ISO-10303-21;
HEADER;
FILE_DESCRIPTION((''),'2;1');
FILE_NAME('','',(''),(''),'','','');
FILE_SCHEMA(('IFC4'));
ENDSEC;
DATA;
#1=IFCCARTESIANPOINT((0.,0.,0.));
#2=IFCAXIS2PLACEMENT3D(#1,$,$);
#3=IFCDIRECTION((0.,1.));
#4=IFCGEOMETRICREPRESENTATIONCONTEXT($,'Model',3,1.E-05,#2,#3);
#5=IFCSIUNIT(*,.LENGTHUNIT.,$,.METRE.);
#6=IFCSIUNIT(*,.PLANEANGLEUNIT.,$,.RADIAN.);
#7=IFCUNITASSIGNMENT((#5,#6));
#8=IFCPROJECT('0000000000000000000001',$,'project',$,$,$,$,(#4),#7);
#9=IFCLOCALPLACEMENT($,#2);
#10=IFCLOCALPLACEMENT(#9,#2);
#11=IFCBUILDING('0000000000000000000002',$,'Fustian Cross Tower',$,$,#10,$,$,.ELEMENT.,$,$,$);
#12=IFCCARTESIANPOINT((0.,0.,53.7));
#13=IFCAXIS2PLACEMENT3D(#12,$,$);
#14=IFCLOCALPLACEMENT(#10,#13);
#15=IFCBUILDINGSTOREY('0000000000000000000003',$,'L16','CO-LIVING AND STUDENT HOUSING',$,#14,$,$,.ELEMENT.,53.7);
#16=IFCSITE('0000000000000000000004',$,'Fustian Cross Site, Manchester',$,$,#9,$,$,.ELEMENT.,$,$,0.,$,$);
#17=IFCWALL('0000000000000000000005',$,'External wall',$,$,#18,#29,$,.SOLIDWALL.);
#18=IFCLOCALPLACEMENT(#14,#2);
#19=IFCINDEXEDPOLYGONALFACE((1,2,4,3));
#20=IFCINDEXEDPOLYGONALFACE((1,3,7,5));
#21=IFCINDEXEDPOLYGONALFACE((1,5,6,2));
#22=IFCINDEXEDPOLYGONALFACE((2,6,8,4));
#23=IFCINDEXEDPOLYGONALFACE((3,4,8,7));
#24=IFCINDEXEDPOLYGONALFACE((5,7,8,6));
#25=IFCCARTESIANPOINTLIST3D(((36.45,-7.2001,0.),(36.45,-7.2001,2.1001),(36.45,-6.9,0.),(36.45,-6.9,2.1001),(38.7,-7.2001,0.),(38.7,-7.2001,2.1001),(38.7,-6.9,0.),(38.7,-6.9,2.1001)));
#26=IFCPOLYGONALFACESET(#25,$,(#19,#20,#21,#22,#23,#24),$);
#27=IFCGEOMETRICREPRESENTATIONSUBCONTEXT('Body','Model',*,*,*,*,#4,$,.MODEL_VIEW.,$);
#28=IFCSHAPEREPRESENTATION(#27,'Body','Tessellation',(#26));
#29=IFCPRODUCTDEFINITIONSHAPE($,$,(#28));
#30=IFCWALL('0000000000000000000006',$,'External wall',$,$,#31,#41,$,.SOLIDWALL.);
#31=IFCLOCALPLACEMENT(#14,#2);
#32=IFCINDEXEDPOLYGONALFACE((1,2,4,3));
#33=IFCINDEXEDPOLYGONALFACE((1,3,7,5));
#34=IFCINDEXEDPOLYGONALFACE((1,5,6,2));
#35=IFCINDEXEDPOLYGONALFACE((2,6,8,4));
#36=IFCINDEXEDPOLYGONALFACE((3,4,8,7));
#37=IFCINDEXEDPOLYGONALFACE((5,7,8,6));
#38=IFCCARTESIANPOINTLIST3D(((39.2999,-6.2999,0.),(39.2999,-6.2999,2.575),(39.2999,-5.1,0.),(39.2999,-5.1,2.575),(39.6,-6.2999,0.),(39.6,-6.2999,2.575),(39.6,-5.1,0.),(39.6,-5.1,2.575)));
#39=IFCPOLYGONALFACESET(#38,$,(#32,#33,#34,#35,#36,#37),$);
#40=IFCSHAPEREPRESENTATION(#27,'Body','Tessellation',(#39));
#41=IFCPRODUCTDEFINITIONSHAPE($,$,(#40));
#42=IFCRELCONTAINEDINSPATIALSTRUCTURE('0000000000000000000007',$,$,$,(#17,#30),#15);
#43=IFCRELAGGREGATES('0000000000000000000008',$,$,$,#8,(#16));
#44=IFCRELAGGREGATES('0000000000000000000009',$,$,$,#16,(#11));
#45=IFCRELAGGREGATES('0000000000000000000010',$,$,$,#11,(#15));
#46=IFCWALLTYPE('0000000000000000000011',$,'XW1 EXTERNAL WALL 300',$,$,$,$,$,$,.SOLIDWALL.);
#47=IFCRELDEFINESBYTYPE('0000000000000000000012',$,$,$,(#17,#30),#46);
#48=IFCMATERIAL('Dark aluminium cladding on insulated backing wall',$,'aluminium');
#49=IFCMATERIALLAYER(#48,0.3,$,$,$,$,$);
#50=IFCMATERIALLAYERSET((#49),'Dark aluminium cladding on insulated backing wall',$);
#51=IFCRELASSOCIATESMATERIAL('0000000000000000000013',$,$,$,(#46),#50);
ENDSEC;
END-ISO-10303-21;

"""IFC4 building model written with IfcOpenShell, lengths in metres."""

from ifc_helpers import new_model, si_unit, direction, frame, frame_2d, origin, place, context, subcontext, project, spatial, rectangle, extrude, material, layer, layer_set, type_object, element, save


model = new_model("IFC4")

# Units and contexts
model_context = context("Model", 3, precision=1e-05, world=origin(), true_north=direction((0.0, 1.0)))
body_context = subcontext(model_context, "Body", "Model", "MODEL_VIEW")
ifc_project = project(units=[si_unit("LENGTHUNIT", "METRE"), si_unit("PLANEANGLEUNIT", "RADIAN")], contexts=[model_context])

# Site, building, storey
site_placement = place(None, origin())
site = spatial("IfcSite", under=ifc_project, at=site_placement, Name="Fustian Cross Site, Manchester", CompositionType="ELEMENT", RefElevation=0.0)
building_placement = place(site_placement, origin())
building = spatial("IfcBuilding", under=site, at=building_placement, Name="Fustian Cross Tower", CompositionType="ELEMENT")
storey_placement = place(building_placement, frame((0.0, 0.0, 53.7)))
storey = spatial("IfcBuildingStorey", under=building, at=storey_placement, Name="L16", Description="CO-LIVING AND STUDENT HOUSING", CompositionType="ELEMENT", Elevation=53.7)

# Shared definitions
ifc_material_1 = material(Name="Dark aluminium cladding on insulated backing wall", Category="aluminium")
ifc_layer_1 = layer(ifc_material_1, 0.3)
ifc_layer_set_1 = layer_set([ifc_layer_1], Name="Dark aluminium cladding on insulated backing wall")
wall_type_1 = type_object("IfcWallType", Name="XW1 EXTERNAL WALL 300", PredefinedType="SOLIDWALL", material=ifc_layer_set_1)

# Walls
wall_1_placement = place(storey_placement, frame((36.45, -7.05, 0.0), z_axis=(0.0, 0.0, 1.0), x_axis=(1.0, 0.0, 0.0)))
element("IfcWall", 1, at=wall_1_placement, inside=storey, type_object=wall_type_1, Name="External wall", PredefinedType="SOLIDWALL", context=body_context, shape_type="SweptSolid", body=[
    extrude(rectangle(XDim=2.25, YDim=0.3, at=frame_2d((1.125, 0.0))), origin(), (0.0, 0.0, 1.0), 2.1001),
])
wall_2_placement = place(storey_placement, frame((39.45, -6.3, 0.0), z_axis=(0.0, 0.0, 1.0), x_axis=(0.0, 1.0, 0.0)))
element("IfcWall", 2, at=wall_2_placement, inside=storey, type_object=wall_type_1, Name="External wall", PredefinedType="SOLIDWALL", context=body_context, shape_type="SweptSolid", body=[
    extrude(rectangle(XDim=1.2, YDim=0.3, at=frame_2d((0.6001, 0.0))), origin(), (0.0, 0.0, 1.0), 2.575),
])

save(model, "model.ifc")
